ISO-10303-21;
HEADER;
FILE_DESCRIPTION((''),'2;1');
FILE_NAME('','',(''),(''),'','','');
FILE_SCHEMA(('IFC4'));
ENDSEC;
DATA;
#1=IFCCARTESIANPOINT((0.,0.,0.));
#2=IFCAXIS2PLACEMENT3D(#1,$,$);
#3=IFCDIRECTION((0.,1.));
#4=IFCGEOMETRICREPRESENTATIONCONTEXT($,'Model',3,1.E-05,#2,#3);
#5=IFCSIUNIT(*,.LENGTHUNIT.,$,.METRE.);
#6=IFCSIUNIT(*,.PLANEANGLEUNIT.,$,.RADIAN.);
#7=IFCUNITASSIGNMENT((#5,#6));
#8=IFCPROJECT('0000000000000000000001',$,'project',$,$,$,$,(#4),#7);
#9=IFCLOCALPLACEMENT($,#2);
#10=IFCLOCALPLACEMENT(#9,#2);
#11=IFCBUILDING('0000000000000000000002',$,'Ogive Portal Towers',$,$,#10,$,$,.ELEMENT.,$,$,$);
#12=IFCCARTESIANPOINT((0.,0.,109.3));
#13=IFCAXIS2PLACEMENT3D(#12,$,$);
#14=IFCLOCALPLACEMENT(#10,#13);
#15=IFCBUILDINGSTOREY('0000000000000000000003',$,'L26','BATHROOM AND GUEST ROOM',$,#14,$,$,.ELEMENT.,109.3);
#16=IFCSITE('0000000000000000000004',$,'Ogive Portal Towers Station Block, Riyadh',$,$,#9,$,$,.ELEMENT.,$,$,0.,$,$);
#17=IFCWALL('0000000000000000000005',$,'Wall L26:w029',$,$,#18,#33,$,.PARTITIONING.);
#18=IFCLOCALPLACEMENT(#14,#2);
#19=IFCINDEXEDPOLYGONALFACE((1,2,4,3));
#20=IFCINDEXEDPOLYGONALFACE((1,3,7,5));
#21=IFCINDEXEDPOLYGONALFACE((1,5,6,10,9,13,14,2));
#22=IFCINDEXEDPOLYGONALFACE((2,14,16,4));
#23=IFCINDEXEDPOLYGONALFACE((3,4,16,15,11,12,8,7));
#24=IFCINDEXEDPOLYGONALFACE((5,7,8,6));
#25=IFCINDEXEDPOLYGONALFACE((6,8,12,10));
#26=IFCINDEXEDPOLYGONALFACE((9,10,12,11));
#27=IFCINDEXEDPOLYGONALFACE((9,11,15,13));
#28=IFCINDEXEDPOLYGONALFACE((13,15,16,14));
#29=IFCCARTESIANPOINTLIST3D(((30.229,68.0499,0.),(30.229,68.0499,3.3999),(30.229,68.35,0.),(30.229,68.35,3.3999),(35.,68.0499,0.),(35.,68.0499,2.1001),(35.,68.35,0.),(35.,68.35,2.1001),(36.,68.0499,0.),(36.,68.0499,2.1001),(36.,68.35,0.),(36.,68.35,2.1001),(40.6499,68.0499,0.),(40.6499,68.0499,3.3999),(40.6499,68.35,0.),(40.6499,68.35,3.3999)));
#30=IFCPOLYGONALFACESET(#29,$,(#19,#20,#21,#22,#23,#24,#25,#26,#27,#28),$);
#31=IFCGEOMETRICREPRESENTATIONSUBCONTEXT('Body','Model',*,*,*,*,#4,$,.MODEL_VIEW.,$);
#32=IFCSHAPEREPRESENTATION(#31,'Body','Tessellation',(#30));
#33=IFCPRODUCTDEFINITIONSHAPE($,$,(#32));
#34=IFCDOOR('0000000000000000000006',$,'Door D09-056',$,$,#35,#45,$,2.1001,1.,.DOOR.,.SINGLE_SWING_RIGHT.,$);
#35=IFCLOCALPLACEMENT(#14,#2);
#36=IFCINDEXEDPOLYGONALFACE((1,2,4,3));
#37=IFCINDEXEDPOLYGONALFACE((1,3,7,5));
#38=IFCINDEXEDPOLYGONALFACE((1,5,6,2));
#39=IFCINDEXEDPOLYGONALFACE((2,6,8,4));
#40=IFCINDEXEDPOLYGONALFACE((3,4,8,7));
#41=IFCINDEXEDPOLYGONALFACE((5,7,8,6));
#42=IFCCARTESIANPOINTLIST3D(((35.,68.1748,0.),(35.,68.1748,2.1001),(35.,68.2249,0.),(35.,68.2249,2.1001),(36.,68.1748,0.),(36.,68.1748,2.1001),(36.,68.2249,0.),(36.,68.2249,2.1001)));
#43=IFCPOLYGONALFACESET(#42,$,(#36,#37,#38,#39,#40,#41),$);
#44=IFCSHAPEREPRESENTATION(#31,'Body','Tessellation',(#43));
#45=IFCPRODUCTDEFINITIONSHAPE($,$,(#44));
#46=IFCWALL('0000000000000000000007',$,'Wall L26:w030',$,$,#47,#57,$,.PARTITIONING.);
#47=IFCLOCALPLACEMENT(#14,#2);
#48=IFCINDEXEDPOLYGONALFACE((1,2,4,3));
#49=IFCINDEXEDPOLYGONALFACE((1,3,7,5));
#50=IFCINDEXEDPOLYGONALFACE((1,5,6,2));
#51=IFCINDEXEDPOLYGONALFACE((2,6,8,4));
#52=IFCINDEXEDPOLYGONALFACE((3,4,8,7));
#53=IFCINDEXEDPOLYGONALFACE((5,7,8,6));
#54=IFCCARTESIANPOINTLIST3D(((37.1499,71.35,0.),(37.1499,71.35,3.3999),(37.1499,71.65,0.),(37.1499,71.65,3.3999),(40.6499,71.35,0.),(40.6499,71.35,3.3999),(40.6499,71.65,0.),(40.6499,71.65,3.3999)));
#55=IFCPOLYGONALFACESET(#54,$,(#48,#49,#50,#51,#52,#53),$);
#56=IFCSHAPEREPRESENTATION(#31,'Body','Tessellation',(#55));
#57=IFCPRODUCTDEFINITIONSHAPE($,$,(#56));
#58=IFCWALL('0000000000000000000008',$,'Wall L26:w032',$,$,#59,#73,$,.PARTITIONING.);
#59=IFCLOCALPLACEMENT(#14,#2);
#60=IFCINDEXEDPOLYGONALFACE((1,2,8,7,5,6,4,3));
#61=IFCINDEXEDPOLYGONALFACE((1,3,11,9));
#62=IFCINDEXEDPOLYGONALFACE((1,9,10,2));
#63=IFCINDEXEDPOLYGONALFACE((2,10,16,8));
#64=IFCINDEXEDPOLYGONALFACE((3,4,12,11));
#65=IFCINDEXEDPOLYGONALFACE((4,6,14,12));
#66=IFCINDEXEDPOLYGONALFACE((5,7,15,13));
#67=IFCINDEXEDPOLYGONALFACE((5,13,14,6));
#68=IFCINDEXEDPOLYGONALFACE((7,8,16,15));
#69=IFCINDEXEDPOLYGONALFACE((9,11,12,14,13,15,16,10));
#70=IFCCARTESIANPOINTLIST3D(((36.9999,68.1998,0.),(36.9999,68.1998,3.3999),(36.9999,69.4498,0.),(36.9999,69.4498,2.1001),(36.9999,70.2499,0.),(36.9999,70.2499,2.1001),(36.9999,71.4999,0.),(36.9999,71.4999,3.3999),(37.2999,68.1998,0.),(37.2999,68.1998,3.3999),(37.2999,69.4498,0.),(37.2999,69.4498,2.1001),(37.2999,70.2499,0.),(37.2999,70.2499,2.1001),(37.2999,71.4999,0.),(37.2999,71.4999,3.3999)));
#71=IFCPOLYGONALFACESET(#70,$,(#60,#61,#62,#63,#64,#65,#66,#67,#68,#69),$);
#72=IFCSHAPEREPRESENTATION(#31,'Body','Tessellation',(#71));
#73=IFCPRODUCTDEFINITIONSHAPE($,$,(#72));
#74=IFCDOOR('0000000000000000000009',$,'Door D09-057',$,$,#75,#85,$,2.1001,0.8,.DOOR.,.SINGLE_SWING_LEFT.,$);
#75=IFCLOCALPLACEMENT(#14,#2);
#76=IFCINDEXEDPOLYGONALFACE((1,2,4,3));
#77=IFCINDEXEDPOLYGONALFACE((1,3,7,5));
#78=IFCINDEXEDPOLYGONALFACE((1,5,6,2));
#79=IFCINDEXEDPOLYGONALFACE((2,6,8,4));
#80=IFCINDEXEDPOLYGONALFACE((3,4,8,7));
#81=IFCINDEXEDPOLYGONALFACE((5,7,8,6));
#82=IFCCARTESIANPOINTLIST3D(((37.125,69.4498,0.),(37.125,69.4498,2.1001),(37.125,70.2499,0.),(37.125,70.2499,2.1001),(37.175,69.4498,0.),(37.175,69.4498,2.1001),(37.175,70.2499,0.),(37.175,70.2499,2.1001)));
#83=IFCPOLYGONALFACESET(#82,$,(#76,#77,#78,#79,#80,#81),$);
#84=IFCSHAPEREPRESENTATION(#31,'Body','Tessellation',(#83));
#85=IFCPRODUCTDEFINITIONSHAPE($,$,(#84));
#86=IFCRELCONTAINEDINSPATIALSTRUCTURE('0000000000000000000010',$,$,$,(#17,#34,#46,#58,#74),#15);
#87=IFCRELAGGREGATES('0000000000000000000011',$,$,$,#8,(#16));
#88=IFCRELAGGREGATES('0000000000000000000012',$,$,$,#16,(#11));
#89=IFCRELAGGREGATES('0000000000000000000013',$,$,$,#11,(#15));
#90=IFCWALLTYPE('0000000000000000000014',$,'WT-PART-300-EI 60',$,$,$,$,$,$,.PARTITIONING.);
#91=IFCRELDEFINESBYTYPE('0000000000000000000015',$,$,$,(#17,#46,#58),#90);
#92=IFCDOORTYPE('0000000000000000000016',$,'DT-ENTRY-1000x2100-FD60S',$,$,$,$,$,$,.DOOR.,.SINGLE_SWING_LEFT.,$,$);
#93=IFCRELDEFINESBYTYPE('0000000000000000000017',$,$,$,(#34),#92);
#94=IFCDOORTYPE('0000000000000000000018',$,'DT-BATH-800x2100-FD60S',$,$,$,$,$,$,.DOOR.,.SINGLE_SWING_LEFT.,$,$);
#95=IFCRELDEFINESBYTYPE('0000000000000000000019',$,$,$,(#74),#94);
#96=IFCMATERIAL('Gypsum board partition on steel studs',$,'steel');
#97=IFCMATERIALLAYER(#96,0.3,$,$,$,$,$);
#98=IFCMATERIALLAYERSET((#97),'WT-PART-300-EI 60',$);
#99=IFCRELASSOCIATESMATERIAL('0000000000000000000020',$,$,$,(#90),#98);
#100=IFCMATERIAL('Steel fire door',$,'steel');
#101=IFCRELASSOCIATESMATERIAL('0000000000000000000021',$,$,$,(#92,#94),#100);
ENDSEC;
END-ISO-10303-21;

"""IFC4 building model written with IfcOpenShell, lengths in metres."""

from ifc_helpers import new_model, si_unit, direction, frame, frame_2d, origin, place, context, subcontext, project, spatial, rectangle, extrude, material, layer, layer_set, type_object, element, fill, save


model = new_model("IFC4")

# Units and contexts
model_context = context("Model", 3, precision=1e-05, world=origin(), true_north=direction((0.0, 1.0)))
body_context = subcontext(model_context, "Body", "Model", "MODEL_VIEW")
ifc_project = project(units=[si_unit("LENGTHUNIT", "METRE"), si_unit("PLANEANGLEUNIT", "RADIAN")], contexts=[model_context])

# Site, building, storey
site_placement = place(None, origin())
site = spatial("IfcSite", under=ifc_project, at=site_placement, Name="Ogive Portal Towers Station Block, Riyadh", CompositionType="ELEMENT", RefElevation=0.0)
building_placement = place(site_placement, origin())
building = spatial("IfcBuilding", under=site, at=building_placement, Name="Ogive Portal Towers", CompositionType="ELEMENT")
storey_placement = place(building_placement, frame((0.0, 0.0, 109.3)))
storey = spatial("IfcBuildingStorey", under=building, at=storey_placement, Name="L26", Description="BATHROOM AND GUEST ROOM", CompositionType="ELEMENT", Elevation=109.3)

# Wall, opening, door
ifc_material_1 = material(Name="Gypsum board partition on steel studs", Category="steel")
ifc_layer_1 = layer(ifc_material_1, 0.3)
ifc_layer_set_1 = layer_set([ifc_layer_1], Name="WT-PART-300-EI 60")
wall_type_1 = type_object("IfcWallType", Name="WT-PART-300-EI 60", PredefinedType="PARTITIONING", material=ifc_layer_set_1)
wall_1_placement = place(storey_placement, frame((30.229, 68.2, 0.0), z_axis=(0.0, 0.0, 1.0), x_axis=(1.0, 0.0, 0.0)))
wall_1 = element("IfcWall", 1, at=wall_1_placement, inside=storey, type_object=wall_type_1, Name="Wall L26:w029", PredefinedType="PARTITIONING", context=body_context, shape_type="SweptSolid", body=[
    extrude(rectangle(XDim=10.4209, YDim=0.3, at=frame_2d((5.2104, 0.0))), origin(), (0.0, 0.0, 1.0), 3.3999),
])
opening_1_placement = place(wall_1_placement, frame((4.771, 0.0, 0.0)))
opening_1 = element("IfcOpeningElement", 2, at=opening_1_placement, cuts=wall_1, PredefinedType="OPENING", context=body_context, shape_type="SweptSolid", body=[
    extrude(rectangle(XDim=1.0, YDim=2.1001, at=frame_2d((0.5, 1.05))), frame((0.0, 0.1602, 0.0), z_axis=(0.0, -1.0, 0.0), x_axis=(1.0, 0.0, 0.0)), (0.0, 0.0, 1.0), 0.3201),
])
ifc_material_2 = material(Name="Steel fire door", Category="steel")
door_type_1 = type_object("IfcDoorType", Name="DT-ENTRY-1000x2100-FD60S", OperationType="SINGLE_SWING_LEFT", PredefinedType="DOOR", material=ifc_material_2)
door_1_placement = place(opening_1_placement, origin())
door_1 = element("IfcDoor", 3, at=door_1_placement, inside=storey, type_object=door_type_1, Name="Door D09-056", OperationType="SINGLE_SWING_RIGHT", OverallHeight=2.1001, OverallWidth=1.0, PredefinedType="DOOR", context=body_context, shape_type="SweptSolid", body=[
    extrude(rectangle(XDim=1.0, YDim=2.1001, at=frame_2d((0.5, 1.05))), frame((0.0, 0.0249, 0.0), z_axis=(0.0, -1.0, 0.0), x_axis=(1.0, 0.0, 0.0)), (0.0, 0.0, 1.0), 0.05),
])
fill(opening_1, door_1)

# Wall
wall_2_placement = place(storey_placement, frame((37.1499, 71.5, 0.0), z_axis=(0.0, 0.0, 1.0), x_axis=(1.0, 0.0, 0.0)))
element("IfcWall", 4, at=wall_2_placement, inside=storey, type_object=wall_type_1, Name="Wall L26:w030", PredefinedType="PARTITIONING", context=body_context, shape_type="SweptSolid", body=[
    extrude(rectangle(XDim=3.5, YDim=0.3, at=frame_2d((1.75, 0.0))), origin(), (0.0, 0.0, 1.0), 3.3999),
])

# Wall, opening, door
wall_3_placement = place(storey_placement, frame((37.1499, 68.2, 0.0), z_axis=(0.0, 0.0, 1.0), x_axis=(0.0, 1.0, 0.0)))
wall_3 = element("IfcWall", 5, at=wall_3_placement, inside=storey, type_object=wall_type_1, Name="Wall L26:w032", PredefinedType="PARTITIONING", context=body_context, shape_type="SweptSolid", body=[
    extrude(rectangle(XDim=3.3, YDim=0.3, at=frame_2d((1.6499, 0.0))), origin(), (0.0, 0.0, 1.0), 3.3999),
])
opening_2_placement = place(wall_3_placement, frame((1.25, 0.0, 0.0)))
opening_2 = element("IfcOpeningElement", 6, at=opening_2_placement, cuts=wall_3, PredefinedType="OPENING", context=body_context, shape_type="SweptSolid", body=[
    extrude(rectangle(XDim=0.8, YDim=2.1001, at=frame_2d((0.3999, 1.05))), frame((0.0, 0.1602, 0.0), z_axis=(0.0, -1.0, 0.0), x_axis=(1.0, 0.0, 0.0)), (0.0, 0.0, 1.0), 0.3201),
])
door_type_2 = type_object("IfcDoorType", Name="DT-BATH-800x2100-FD60S", OperationType="SINGLE_SWING_LEFT", PredefinedType="DOOR", material=ifc_material_2)
door_2_placement = place(opening_2_placement, origin())
door_2 = element("IfcDoor", 7, at=door_2_placement, inside=storey, type_object=door_type_2, Name="Door D09-057", OperationType="SINGLE_SWING_LEFT", OverallHeight=2.1001, OverallWidth=0.8, PredefinedType="DOOR", context=body_context, shape_type="SweptSolid", body=[
    extrude(rectangle(XDim=0.8, YDim=2.1001, at=frame_2d((0.3999, 1.05))), frame((0.0, 0.0249, 0.0), z_axis=(0.0, -1.0, 0.0), x_axis=(1.0, 0.0, 0.0)), (0.0, 0.0, 1.0), 0.05),
])
fill(opening_2, door_2)

save(model, "model.ifc")
